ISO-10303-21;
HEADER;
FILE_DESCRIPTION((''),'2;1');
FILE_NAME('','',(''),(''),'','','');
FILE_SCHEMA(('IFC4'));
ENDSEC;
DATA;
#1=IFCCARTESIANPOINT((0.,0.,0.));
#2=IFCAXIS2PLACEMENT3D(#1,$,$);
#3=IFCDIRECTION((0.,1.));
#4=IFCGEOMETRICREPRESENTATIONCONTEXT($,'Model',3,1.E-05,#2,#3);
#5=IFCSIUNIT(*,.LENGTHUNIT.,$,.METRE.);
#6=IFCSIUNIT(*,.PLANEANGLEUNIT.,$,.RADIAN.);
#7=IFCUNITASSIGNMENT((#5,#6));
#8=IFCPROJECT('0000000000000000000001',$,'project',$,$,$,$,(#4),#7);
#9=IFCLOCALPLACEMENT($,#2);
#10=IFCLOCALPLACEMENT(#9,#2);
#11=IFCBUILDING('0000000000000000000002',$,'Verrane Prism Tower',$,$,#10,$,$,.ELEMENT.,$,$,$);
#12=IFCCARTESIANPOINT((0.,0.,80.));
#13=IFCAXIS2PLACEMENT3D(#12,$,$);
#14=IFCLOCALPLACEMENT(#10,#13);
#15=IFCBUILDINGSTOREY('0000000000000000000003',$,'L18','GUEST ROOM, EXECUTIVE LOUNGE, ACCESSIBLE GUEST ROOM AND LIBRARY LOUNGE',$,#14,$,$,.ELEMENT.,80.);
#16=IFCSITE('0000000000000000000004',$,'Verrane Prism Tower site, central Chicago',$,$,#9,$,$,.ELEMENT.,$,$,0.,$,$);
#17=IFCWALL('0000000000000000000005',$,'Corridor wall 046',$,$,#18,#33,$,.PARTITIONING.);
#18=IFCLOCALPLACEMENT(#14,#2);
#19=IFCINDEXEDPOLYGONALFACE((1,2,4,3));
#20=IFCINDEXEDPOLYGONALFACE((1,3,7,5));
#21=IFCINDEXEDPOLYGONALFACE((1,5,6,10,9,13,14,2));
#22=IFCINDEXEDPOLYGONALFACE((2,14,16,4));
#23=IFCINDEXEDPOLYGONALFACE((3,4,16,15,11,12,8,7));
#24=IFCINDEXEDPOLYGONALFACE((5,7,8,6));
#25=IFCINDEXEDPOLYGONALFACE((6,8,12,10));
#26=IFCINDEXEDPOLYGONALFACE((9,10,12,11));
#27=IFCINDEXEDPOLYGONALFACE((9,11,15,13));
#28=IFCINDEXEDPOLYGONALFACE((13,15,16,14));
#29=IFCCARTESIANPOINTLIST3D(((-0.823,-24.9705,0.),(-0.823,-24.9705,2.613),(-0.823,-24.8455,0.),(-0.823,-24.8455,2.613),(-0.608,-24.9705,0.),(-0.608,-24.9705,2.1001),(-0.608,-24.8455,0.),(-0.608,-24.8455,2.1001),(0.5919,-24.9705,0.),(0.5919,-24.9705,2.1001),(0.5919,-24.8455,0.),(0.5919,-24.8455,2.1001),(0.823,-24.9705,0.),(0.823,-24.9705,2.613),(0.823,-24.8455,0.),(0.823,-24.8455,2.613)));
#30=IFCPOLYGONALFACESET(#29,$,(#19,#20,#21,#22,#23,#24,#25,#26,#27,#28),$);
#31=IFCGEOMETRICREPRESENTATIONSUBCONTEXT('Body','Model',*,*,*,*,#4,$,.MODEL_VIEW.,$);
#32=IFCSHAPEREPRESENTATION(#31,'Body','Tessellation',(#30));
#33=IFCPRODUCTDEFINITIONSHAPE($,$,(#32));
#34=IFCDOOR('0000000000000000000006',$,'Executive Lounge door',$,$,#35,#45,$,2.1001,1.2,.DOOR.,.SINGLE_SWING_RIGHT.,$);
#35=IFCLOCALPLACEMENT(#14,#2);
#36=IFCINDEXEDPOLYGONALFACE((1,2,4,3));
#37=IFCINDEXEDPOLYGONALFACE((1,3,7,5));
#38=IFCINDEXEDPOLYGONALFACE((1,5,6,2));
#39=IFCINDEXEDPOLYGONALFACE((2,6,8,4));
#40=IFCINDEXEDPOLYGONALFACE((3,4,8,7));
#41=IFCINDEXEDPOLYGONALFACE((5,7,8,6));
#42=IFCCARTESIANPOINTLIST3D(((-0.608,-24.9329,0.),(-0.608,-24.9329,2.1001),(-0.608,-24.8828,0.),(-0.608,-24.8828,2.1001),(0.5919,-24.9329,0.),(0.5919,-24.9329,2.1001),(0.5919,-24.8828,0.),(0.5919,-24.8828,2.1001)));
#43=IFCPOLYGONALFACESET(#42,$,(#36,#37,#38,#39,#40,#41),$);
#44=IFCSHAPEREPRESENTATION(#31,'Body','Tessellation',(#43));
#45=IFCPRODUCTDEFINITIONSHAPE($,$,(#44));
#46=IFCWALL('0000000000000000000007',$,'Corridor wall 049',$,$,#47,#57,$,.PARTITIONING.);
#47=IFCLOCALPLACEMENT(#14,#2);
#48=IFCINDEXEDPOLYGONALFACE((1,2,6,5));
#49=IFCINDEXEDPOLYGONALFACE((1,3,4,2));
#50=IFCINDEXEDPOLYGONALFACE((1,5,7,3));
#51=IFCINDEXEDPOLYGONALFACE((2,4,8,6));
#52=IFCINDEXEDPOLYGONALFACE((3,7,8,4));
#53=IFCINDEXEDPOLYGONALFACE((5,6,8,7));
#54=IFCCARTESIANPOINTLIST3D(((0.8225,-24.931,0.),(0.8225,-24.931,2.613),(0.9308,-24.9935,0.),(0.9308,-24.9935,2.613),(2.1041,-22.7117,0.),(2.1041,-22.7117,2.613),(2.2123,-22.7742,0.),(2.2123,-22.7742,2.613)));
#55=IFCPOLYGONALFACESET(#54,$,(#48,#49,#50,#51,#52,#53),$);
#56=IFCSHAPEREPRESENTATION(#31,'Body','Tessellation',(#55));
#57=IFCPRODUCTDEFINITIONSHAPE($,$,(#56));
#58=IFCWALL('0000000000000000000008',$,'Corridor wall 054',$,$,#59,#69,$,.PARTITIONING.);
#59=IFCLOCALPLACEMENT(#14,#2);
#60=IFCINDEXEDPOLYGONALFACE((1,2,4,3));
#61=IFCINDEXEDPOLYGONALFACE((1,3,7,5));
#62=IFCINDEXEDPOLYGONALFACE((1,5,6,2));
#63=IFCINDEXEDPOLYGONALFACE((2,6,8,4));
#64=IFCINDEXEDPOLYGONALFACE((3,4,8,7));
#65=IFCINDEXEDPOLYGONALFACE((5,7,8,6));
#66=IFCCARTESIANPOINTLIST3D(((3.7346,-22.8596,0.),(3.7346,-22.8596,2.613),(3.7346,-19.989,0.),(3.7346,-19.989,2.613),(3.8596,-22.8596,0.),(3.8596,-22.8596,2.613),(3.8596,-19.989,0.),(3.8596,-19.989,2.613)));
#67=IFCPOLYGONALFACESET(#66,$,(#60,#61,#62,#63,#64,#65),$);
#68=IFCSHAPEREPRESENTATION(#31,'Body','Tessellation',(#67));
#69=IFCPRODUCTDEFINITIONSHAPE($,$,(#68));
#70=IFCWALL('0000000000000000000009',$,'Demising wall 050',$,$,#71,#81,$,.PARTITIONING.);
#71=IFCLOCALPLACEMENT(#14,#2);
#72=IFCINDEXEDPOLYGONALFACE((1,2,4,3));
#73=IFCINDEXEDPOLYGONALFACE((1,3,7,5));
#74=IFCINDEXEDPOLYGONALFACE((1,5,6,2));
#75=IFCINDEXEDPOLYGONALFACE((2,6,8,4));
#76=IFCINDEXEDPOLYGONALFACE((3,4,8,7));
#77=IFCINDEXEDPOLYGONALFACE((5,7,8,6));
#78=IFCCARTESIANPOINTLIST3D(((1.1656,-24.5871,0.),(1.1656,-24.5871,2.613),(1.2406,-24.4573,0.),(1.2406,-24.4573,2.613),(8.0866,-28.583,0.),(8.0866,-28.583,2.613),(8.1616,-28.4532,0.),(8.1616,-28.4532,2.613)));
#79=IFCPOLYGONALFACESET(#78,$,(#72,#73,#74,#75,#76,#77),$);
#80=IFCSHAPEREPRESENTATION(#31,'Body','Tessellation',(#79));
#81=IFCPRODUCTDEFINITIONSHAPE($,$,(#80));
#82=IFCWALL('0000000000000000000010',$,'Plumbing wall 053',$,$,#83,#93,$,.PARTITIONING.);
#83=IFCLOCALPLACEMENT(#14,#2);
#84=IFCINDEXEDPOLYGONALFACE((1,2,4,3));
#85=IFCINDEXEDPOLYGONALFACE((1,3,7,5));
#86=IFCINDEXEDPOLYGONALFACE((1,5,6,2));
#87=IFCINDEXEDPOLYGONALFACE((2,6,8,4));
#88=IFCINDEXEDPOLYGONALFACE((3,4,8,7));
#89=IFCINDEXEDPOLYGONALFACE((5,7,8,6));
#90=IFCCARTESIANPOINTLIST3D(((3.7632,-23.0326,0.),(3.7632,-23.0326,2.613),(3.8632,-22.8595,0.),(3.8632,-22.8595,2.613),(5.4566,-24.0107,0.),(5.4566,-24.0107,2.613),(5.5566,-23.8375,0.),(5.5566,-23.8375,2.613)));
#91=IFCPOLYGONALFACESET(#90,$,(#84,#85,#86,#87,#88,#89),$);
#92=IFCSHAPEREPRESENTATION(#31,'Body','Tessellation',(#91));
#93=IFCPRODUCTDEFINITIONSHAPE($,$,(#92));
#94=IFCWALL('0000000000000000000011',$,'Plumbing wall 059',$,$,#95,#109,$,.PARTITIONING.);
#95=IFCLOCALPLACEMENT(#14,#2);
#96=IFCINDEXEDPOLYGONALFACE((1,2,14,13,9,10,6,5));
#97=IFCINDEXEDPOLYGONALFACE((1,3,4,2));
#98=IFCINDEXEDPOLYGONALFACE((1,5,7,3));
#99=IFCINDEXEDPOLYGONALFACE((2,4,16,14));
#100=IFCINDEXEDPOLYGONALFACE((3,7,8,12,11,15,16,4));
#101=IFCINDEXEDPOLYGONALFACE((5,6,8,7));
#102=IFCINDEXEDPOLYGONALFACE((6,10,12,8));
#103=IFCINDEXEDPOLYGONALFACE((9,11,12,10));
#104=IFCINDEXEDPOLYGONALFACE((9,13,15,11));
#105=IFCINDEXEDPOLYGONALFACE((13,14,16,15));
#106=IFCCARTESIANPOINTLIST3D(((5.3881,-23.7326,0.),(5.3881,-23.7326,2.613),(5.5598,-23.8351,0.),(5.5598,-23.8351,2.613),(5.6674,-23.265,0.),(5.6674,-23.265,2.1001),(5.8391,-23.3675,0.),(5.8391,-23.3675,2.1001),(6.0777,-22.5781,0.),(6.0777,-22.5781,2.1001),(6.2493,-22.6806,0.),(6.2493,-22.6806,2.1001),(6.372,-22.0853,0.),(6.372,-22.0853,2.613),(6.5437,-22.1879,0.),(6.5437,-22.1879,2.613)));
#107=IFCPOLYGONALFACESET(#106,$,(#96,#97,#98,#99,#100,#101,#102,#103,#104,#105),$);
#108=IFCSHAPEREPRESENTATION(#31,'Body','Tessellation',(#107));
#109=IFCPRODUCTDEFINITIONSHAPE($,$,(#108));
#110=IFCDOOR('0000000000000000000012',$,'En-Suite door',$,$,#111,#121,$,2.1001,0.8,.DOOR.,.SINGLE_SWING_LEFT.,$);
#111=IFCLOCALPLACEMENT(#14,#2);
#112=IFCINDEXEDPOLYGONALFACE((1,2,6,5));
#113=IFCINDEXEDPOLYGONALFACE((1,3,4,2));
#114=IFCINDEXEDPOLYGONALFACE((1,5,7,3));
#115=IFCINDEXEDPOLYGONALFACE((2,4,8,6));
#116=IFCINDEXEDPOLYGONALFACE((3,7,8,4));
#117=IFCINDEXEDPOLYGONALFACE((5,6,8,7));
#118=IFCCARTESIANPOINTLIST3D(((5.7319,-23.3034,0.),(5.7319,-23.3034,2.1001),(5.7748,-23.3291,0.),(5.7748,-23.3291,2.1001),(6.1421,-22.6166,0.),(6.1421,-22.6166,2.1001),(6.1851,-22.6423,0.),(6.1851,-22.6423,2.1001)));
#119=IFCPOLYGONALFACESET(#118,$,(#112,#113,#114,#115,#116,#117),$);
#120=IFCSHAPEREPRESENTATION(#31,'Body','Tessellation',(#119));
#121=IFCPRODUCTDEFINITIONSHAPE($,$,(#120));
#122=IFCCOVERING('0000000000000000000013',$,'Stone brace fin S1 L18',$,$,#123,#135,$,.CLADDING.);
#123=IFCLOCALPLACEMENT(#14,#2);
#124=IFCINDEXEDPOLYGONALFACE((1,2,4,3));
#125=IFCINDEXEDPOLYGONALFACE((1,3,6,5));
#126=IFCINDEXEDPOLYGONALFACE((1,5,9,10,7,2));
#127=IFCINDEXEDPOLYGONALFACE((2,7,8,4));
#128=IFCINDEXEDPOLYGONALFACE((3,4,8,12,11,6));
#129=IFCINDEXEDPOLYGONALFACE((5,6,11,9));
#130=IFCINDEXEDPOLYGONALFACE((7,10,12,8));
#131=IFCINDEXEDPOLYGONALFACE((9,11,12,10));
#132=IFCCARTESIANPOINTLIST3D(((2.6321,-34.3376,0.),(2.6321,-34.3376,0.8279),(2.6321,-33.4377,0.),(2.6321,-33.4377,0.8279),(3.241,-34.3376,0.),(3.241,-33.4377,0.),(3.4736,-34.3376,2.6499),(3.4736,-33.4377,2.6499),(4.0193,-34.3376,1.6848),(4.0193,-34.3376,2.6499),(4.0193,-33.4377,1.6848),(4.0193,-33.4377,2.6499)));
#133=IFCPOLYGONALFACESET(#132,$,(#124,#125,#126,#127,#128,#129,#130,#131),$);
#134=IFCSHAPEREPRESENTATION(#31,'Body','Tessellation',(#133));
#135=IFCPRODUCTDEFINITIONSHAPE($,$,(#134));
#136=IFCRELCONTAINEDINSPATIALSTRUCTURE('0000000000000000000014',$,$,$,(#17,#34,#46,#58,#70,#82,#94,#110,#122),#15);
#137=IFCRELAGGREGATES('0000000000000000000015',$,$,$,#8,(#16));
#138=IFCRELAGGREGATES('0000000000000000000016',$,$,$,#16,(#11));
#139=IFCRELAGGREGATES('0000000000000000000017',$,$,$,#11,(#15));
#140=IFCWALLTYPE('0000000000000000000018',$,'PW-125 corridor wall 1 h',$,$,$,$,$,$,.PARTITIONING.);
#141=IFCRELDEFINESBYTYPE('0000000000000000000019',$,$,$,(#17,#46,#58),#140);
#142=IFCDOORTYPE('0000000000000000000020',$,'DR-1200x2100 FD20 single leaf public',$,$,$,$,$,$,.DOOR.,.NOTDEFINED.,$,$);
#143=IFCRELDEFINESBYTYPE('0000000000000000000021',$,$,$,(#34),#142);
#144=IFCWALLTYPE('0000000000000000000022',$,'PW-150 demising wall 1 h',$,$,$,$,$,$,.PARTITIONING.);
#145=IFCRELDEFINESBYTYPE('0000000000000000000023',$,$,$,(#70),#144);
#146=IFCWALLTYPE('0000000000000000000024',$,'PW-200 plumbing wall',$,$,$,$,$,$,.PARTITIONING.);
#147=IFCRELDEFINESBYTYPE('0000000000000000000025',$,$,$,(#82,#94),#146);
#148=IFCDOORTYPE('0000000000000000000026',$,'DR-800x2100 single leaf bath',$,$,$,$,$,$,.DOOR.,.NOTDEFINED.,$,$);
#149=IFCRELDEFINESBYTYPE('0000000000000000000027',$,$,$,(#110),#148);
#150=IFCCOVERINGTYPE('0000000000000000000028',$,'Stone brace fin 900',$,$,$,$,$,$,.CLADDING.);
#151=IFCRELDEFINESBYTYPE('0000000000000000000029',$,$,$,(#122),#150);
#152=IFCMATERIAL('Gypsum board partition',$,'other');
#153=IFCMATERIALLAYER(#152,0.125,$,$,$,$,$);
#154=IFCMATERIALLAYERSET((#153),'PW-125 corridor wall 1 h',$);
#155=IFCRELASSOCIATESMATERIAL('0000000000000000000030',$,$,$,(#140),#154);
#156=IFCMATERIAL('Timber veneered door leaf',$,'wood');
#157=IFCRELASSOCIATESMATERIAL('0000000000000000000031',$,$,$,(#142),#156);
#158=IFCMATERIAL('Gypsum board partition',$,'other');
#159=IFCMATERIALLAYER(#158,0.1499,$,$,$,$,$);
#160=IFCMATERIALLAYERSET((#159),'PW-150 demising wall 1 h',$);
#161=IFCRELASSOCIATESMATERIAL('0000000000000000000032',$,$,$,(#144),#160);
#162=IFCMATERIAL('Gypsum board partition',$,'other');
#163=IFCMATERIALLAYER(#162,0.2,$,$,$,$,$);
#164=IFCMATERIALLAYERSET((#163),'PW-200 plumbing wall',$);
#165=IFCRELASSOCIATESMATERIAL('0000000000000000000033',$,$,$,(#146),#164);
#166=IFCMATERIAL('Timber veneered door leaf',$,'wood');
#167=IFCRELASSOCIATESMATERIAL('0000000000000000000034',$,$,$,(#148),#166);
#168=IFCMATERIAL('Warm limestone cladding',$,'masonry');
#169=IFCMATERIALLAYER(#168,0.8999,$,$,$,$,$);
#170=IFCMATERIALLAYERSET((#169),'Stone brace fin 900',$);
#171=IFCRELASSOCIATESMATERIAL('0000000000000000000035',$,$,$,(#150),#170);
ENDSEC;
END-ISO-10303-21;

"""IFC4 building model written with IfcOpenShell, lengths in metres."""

from ifc_helpers import new_model, si_unit, direction, frame, frame_2d, origin, place, context, subcontext, project, spatial, polyline, rectangle, outline, extrude, material, layer, layer_set, type_object, element, fill, save


model = new_model("IFC4")

# Units and contexts
model_context = context("Model", 3, precision=1e-05, world=origin(), true_north=direction((0.0, 1.0)))
body_context = subcontext(model_context, "Body", "Model", "MODEL_VIEW")
ifc_project = project(units=[si_unit("LENGTHUNIT", "METRE"), si_unit("PLANEANGLEUNIT", "RADIAN")], contexts=[model_context])

# Site, building, storey
site_placement = place(None, origin())
site = spatial("IfcSite", under=ifc_project, at=site_placement, Name="Verrane Prism Tower site, central Chicago", CompositionType="ELEMENT", RefElevation=0.0)
building_placement = place(site_placement, origin())
building = spatial("IfcBuilding", under=site, at=building_placement, Name="Verrane Prism Tower", CompositionType="ELEMENT")
storey_placement = place(building_placement, frame((0.0, 0.0, 80.0)))
storey = spatial("IfcBuildingStorey", under=building, at=storey_placement, Name="L18", Description="GUEST ROOM, EXECUTIVE LOUNGE, ACCESSIBLE GUEST ROOM AND LIBRARY LOUNGE", CompositionType="ELEMENT", Elevation=80.0)

# Wall, opening, door
ifc_material_1 = material(Name="Gypsum board partition", Category="other")
ifc_layer_1 = layer(ifc_material_1, 0.125)
ifc_layer_set_1 = layer_set([ifc_layer_1], Name="PW-125 corridor wall 1 h")
wall_type_1 = type_object("IfcWallType", Name="PW-125 corridor wall 1 h", PredefinedType="PARTITIONING", material=ifc_layer_set_1)
wall_1_placement = place(storey_placement, frame((0.823, -24.908, 0.0), z_axis=(0.0, 0.0, 1.0), x_axis=(-1.0, 0.0, 0.0)))
wall_1 = element("IfcWall", 1, at=wall_1_placement, inside=storey, type_object=wall_type_1, Name="Corridor wall 046", PredefinedType="PARTITIONING", context=body_context, shape_type="SweptSolid", body=[
    extrude(rectangle(XDim=1.646, YDim=0.125, at=frame_2d((0.823, 0.0))), origin(), (0.0, 0.0, 1.0), 2.613),
])
opening_1_placement = place(wall_1_placement, frame((0.231, 0.0, 0.0)))
opening_1 = element("IfcOpeningElement", 2, at=opening_1_placement, cuts=wall_1, PredefinedType="OPENING", context=body_context, shape_type="SweptSolid", body=[
    extrude(rectangle(XDim=1.2, YDim=2.1001, at=frame_2d((0.6001, 1.05))), frame((0.0, 0.0725, 0.0), z_axis=(0.0, -1.0, 0.0), x_axis=(1.0, 0.0, 0.0)), (0.0, 0.0, 1.0), 0.145),
])
ifc_material_2 = material(Name="Timber veneered door leaf", Category="wood")
door_type_1 = type_object("IfcDoorType", Name="DR-1200x2100 FD20 single leaf public", OperationType="NOTDEFINED", PredefinedType="DOOR", material=ifc_material_2)
door_1_placement = place(opening_1_placement, origin())
door_1 = element("IfcDoor", 3, at=door_1_placement, inside=storey, type_object=door_type_1, Name="Executive Lounge door", OperationType="SINGLE_SWING_RIGHT", OverallHeight=2.1001, OverallWidth=1.2, PredefinedType="DOOR", context=body_context, shape_type="SweptSolid", body=[
    extrude(rectangle(XDim=1.2, YDim=2.1001, at=frame_2d((0.6001, 1.05))), frame((0.0, 0.0249, 0.0), z_axis=(0.0, -1.0, 0.0), x_axis=(1.0, 0.0, 0.0)), (0.0, 0.0, 1.0), 0.05),
])
fill(opening_1, door_1)

# Walls
wall_2_placement = place(storey_placement, frame((0.8767, -24.9622, 0.0), z_axis=(0.0, 0.0, 1.0), x_axis=(0.500063, 0.865989, 0.0)))
element("IfcWall", 4, at=wall_2_placement, inside=storey, type_object=wall_type_1, Name="Corridor wall 049", PredefinedType="PARTITIONING", context=body_context, shape_type="SweptSolid", body=[
    extrude(rectangle(XDim=2.5627, YDim=0.125, at=frame_2d((1.2812, 0.0))), origin(), (0.0, 0.0, 1.0), 2.613),
])
wall_3_placement = place(storey_placement, frame((3.7971, -22.8596, 0.0), z_axis=(0.0, 0.0, 1.0), x_axis=(0.0, 1.0, 0.0)))
element("IfcWall", 5, at=wall_3_placement, inside=storey, type_object=wall_type_1, Name="Corridor wall 054", PredefinedType="PARTITIONING", context=body_context, shape_type="SweptSolid", body=[
    extrude(rectangle(XDim=2.8706, YDim=0.125, at=frame_2d((1.4353, 0.0))), origin(), (0.0, 0.0, 1.0), 2.613),
])
ifc_material_3 = material(Name="Gypsum board partition", Category="other")
ifc_layer_2 = layer(ifc_material_3, 0.1499)
ifc_layer_set_2 = layer_set([ifc_layer_2], Name="PW-150 demising wall 1 h")
wall_type_2 = type_object("IfcWallType", Name="PW-150 demising wall 1 h", PredefinedType="PARTITIONING", material=ifc_layer_set_2)
wall_4_placement = place(storey_placement, frame((1.2031, -24.5222, 0.0), z_axis=(0.0, 0.0, 1.0), x_axis=(0.866022, -0.500006, 0.0)))
element("IfcWall", 6, at=wall_4_placement, inside=storey, type_object=wall_type_2, Name="Demising wall 050", PredefinedType="PARTITIONING", context=body_context, shape_type="SweptSolid", body=[
    extrude(rectangle(XDim=7.9917, YDim=0.1499, at=frame_2d((3.9958, 0.0))), origin(), (0.0, 0.0, 1.0), 2.613),
])
ifc_material_4 = material(Name="Gypsum board partition", Category="other")
ifc_layer_3 = layer(ifc_material_4, 0.2)
ifc_layer_set_3 = layer_set([ifc_layer_3], Name="PW-200 plumbing wall")
wall_type_3 = type_object("IfcWallType", Name="PW-200 plumbing wall", PredefinedType="PARTITIONING", material=ifc_layer_set_3)
wall_5_placement = place(storey_placement, frame((3.8132, -22.946, 0.0), z_axis=(0.0, 0.0, 1.0), x_axis=(0.865944, -0.50014, 0.0)))
element("IfcWall", 7, at=wall_5_placement, inside=storey, type_object=wall_type_3, Name="Plumbing wall 053", PredefinedType="PARTITIONING", context=body_context, shape_type="SweptSolid", body=[
    extrude(rectangle(XDim=1.9556, YDim=0.2, at=frame_2d((0.9778, 0.0))), origin(), (0.0, 0.0, 1.0), 2.613),
])

# Wall, opening, door
wall_6_placement = place(storey_placement, frame((5.4739, -23.7839, 0.0), z_axis=(0.0, 0.0, 1.0), x_axis=(0.512792, 0.858513, 0.0)))
wall_6 = element("IfcWall", 8, at=wall_6_placement, inside=storey, type_object=wall_type_3, Name="Plumbing wall 059", PredefinedType="PARTITIONING", context=body_context, shape_type="SweptSolid", body=[
    extrude(rectangle(XDim=1.9187, YDim=0.2, at=frame_2d((0.9595, 0.0))), origin(), (0.0, 0.0, 1.0), 2.613),
])
opening_2_placement = place(wall_6_placement, frame((0.5449, 0.0, 0.0)))
opening_2 = element("IfcOpeningElement", 9, at=opening_2_placement, cuts=wall_6, PredefinedType="OPENING", context=body_context, shape_type="SweptSolid", body=[
    extrude(rectangle(XDim=0.8, YDim=2.1001, at=frame_2d((0.3999, 1.05))), frame((0.0, 0.1099, 0.0), z_axis=(0.0, -1.0, 0.0), x_axis=(1.0, 0.0, 0.0)), (0.0, 0.0, 1.0), 0.22),
])
ifc_material_5 = material(Name="Timber veneered door leaf", Category="wood")
door_type_2 = type_object("IfcDoorType", Name="DR-800x2100 single leaf bath", OperationType="NOTDEFINED", PredefinedType="DOOR", material=ifc_material_5)
door_2_placement = place(opening_2_placement, origin())
door_2 = element("IfcDoor", 10, at=door_2_placement, inside=storey, type_object=door_type_2, Name="En-Suite door", OperationType="SINGLE_SWING_LEFT", OverallHeight=2.1001, OverallWidth=0.8, PredefinedType="DOOR", context=body_context, shape_type="SweptSolid", body=[
    extrude(rectangle(XDim=0.8, YDim=2.1001, at=frame_2d((0.3999, 1.05))), frame((0.0, 0.0249, 0.0), z_axis=(0.0, -1.0, 0.0), x_axis=(1.0, 0.0, 0.0)), (0.0, 0.0, 1.0), 0.05),
])
fill(opening_2, door_2)

# Covering
ifc_material_6 = material(Name="Warm limestone cladding", Category="masonry")
ifc_layer_4 = layer(ifc_material_6, 0.8999)
ifc_layer_set_4 = layer_set([ifc_layer_4], Name="Stone brace fin 900")
covering_type = type_object("IfcCoveringType", Name="Stone brace fin 900", PredefinedType="CLADDING", material=ifc_layer_set_4)
covering_placement = place(storey_placement, frame((2.6321, -33.8877, 0.0), z_axis=(0.0, 0.0, 1.0), x_axis=(1.0, 0.0, 0.0)))
element("IfcCovering", 11, at=covering_placement, inside=storey, type_object=covering_type, Name="Stone brace fin S1 L18", PredefinedType="CLADDING", context=body_context, shape_type="SweptSolid", body=[
    extrude(outline(polyline([(1.3872, 2.6499), (0.8416, 2.6499), (0.0, 0.8279), (0.0, 0.0), (0.6089, 0.0), (1.3872, 1.6848), (1.3872, 2.6499)])), frame((0.0, 0.45, 0.0), z_axis=(0.0, -1.0, 0.0), x_axis=(1.0, 0.0, 0.0)), (0.0, 0.0, 1.0), 0.8999),
])

save(model, "model.ifc")
